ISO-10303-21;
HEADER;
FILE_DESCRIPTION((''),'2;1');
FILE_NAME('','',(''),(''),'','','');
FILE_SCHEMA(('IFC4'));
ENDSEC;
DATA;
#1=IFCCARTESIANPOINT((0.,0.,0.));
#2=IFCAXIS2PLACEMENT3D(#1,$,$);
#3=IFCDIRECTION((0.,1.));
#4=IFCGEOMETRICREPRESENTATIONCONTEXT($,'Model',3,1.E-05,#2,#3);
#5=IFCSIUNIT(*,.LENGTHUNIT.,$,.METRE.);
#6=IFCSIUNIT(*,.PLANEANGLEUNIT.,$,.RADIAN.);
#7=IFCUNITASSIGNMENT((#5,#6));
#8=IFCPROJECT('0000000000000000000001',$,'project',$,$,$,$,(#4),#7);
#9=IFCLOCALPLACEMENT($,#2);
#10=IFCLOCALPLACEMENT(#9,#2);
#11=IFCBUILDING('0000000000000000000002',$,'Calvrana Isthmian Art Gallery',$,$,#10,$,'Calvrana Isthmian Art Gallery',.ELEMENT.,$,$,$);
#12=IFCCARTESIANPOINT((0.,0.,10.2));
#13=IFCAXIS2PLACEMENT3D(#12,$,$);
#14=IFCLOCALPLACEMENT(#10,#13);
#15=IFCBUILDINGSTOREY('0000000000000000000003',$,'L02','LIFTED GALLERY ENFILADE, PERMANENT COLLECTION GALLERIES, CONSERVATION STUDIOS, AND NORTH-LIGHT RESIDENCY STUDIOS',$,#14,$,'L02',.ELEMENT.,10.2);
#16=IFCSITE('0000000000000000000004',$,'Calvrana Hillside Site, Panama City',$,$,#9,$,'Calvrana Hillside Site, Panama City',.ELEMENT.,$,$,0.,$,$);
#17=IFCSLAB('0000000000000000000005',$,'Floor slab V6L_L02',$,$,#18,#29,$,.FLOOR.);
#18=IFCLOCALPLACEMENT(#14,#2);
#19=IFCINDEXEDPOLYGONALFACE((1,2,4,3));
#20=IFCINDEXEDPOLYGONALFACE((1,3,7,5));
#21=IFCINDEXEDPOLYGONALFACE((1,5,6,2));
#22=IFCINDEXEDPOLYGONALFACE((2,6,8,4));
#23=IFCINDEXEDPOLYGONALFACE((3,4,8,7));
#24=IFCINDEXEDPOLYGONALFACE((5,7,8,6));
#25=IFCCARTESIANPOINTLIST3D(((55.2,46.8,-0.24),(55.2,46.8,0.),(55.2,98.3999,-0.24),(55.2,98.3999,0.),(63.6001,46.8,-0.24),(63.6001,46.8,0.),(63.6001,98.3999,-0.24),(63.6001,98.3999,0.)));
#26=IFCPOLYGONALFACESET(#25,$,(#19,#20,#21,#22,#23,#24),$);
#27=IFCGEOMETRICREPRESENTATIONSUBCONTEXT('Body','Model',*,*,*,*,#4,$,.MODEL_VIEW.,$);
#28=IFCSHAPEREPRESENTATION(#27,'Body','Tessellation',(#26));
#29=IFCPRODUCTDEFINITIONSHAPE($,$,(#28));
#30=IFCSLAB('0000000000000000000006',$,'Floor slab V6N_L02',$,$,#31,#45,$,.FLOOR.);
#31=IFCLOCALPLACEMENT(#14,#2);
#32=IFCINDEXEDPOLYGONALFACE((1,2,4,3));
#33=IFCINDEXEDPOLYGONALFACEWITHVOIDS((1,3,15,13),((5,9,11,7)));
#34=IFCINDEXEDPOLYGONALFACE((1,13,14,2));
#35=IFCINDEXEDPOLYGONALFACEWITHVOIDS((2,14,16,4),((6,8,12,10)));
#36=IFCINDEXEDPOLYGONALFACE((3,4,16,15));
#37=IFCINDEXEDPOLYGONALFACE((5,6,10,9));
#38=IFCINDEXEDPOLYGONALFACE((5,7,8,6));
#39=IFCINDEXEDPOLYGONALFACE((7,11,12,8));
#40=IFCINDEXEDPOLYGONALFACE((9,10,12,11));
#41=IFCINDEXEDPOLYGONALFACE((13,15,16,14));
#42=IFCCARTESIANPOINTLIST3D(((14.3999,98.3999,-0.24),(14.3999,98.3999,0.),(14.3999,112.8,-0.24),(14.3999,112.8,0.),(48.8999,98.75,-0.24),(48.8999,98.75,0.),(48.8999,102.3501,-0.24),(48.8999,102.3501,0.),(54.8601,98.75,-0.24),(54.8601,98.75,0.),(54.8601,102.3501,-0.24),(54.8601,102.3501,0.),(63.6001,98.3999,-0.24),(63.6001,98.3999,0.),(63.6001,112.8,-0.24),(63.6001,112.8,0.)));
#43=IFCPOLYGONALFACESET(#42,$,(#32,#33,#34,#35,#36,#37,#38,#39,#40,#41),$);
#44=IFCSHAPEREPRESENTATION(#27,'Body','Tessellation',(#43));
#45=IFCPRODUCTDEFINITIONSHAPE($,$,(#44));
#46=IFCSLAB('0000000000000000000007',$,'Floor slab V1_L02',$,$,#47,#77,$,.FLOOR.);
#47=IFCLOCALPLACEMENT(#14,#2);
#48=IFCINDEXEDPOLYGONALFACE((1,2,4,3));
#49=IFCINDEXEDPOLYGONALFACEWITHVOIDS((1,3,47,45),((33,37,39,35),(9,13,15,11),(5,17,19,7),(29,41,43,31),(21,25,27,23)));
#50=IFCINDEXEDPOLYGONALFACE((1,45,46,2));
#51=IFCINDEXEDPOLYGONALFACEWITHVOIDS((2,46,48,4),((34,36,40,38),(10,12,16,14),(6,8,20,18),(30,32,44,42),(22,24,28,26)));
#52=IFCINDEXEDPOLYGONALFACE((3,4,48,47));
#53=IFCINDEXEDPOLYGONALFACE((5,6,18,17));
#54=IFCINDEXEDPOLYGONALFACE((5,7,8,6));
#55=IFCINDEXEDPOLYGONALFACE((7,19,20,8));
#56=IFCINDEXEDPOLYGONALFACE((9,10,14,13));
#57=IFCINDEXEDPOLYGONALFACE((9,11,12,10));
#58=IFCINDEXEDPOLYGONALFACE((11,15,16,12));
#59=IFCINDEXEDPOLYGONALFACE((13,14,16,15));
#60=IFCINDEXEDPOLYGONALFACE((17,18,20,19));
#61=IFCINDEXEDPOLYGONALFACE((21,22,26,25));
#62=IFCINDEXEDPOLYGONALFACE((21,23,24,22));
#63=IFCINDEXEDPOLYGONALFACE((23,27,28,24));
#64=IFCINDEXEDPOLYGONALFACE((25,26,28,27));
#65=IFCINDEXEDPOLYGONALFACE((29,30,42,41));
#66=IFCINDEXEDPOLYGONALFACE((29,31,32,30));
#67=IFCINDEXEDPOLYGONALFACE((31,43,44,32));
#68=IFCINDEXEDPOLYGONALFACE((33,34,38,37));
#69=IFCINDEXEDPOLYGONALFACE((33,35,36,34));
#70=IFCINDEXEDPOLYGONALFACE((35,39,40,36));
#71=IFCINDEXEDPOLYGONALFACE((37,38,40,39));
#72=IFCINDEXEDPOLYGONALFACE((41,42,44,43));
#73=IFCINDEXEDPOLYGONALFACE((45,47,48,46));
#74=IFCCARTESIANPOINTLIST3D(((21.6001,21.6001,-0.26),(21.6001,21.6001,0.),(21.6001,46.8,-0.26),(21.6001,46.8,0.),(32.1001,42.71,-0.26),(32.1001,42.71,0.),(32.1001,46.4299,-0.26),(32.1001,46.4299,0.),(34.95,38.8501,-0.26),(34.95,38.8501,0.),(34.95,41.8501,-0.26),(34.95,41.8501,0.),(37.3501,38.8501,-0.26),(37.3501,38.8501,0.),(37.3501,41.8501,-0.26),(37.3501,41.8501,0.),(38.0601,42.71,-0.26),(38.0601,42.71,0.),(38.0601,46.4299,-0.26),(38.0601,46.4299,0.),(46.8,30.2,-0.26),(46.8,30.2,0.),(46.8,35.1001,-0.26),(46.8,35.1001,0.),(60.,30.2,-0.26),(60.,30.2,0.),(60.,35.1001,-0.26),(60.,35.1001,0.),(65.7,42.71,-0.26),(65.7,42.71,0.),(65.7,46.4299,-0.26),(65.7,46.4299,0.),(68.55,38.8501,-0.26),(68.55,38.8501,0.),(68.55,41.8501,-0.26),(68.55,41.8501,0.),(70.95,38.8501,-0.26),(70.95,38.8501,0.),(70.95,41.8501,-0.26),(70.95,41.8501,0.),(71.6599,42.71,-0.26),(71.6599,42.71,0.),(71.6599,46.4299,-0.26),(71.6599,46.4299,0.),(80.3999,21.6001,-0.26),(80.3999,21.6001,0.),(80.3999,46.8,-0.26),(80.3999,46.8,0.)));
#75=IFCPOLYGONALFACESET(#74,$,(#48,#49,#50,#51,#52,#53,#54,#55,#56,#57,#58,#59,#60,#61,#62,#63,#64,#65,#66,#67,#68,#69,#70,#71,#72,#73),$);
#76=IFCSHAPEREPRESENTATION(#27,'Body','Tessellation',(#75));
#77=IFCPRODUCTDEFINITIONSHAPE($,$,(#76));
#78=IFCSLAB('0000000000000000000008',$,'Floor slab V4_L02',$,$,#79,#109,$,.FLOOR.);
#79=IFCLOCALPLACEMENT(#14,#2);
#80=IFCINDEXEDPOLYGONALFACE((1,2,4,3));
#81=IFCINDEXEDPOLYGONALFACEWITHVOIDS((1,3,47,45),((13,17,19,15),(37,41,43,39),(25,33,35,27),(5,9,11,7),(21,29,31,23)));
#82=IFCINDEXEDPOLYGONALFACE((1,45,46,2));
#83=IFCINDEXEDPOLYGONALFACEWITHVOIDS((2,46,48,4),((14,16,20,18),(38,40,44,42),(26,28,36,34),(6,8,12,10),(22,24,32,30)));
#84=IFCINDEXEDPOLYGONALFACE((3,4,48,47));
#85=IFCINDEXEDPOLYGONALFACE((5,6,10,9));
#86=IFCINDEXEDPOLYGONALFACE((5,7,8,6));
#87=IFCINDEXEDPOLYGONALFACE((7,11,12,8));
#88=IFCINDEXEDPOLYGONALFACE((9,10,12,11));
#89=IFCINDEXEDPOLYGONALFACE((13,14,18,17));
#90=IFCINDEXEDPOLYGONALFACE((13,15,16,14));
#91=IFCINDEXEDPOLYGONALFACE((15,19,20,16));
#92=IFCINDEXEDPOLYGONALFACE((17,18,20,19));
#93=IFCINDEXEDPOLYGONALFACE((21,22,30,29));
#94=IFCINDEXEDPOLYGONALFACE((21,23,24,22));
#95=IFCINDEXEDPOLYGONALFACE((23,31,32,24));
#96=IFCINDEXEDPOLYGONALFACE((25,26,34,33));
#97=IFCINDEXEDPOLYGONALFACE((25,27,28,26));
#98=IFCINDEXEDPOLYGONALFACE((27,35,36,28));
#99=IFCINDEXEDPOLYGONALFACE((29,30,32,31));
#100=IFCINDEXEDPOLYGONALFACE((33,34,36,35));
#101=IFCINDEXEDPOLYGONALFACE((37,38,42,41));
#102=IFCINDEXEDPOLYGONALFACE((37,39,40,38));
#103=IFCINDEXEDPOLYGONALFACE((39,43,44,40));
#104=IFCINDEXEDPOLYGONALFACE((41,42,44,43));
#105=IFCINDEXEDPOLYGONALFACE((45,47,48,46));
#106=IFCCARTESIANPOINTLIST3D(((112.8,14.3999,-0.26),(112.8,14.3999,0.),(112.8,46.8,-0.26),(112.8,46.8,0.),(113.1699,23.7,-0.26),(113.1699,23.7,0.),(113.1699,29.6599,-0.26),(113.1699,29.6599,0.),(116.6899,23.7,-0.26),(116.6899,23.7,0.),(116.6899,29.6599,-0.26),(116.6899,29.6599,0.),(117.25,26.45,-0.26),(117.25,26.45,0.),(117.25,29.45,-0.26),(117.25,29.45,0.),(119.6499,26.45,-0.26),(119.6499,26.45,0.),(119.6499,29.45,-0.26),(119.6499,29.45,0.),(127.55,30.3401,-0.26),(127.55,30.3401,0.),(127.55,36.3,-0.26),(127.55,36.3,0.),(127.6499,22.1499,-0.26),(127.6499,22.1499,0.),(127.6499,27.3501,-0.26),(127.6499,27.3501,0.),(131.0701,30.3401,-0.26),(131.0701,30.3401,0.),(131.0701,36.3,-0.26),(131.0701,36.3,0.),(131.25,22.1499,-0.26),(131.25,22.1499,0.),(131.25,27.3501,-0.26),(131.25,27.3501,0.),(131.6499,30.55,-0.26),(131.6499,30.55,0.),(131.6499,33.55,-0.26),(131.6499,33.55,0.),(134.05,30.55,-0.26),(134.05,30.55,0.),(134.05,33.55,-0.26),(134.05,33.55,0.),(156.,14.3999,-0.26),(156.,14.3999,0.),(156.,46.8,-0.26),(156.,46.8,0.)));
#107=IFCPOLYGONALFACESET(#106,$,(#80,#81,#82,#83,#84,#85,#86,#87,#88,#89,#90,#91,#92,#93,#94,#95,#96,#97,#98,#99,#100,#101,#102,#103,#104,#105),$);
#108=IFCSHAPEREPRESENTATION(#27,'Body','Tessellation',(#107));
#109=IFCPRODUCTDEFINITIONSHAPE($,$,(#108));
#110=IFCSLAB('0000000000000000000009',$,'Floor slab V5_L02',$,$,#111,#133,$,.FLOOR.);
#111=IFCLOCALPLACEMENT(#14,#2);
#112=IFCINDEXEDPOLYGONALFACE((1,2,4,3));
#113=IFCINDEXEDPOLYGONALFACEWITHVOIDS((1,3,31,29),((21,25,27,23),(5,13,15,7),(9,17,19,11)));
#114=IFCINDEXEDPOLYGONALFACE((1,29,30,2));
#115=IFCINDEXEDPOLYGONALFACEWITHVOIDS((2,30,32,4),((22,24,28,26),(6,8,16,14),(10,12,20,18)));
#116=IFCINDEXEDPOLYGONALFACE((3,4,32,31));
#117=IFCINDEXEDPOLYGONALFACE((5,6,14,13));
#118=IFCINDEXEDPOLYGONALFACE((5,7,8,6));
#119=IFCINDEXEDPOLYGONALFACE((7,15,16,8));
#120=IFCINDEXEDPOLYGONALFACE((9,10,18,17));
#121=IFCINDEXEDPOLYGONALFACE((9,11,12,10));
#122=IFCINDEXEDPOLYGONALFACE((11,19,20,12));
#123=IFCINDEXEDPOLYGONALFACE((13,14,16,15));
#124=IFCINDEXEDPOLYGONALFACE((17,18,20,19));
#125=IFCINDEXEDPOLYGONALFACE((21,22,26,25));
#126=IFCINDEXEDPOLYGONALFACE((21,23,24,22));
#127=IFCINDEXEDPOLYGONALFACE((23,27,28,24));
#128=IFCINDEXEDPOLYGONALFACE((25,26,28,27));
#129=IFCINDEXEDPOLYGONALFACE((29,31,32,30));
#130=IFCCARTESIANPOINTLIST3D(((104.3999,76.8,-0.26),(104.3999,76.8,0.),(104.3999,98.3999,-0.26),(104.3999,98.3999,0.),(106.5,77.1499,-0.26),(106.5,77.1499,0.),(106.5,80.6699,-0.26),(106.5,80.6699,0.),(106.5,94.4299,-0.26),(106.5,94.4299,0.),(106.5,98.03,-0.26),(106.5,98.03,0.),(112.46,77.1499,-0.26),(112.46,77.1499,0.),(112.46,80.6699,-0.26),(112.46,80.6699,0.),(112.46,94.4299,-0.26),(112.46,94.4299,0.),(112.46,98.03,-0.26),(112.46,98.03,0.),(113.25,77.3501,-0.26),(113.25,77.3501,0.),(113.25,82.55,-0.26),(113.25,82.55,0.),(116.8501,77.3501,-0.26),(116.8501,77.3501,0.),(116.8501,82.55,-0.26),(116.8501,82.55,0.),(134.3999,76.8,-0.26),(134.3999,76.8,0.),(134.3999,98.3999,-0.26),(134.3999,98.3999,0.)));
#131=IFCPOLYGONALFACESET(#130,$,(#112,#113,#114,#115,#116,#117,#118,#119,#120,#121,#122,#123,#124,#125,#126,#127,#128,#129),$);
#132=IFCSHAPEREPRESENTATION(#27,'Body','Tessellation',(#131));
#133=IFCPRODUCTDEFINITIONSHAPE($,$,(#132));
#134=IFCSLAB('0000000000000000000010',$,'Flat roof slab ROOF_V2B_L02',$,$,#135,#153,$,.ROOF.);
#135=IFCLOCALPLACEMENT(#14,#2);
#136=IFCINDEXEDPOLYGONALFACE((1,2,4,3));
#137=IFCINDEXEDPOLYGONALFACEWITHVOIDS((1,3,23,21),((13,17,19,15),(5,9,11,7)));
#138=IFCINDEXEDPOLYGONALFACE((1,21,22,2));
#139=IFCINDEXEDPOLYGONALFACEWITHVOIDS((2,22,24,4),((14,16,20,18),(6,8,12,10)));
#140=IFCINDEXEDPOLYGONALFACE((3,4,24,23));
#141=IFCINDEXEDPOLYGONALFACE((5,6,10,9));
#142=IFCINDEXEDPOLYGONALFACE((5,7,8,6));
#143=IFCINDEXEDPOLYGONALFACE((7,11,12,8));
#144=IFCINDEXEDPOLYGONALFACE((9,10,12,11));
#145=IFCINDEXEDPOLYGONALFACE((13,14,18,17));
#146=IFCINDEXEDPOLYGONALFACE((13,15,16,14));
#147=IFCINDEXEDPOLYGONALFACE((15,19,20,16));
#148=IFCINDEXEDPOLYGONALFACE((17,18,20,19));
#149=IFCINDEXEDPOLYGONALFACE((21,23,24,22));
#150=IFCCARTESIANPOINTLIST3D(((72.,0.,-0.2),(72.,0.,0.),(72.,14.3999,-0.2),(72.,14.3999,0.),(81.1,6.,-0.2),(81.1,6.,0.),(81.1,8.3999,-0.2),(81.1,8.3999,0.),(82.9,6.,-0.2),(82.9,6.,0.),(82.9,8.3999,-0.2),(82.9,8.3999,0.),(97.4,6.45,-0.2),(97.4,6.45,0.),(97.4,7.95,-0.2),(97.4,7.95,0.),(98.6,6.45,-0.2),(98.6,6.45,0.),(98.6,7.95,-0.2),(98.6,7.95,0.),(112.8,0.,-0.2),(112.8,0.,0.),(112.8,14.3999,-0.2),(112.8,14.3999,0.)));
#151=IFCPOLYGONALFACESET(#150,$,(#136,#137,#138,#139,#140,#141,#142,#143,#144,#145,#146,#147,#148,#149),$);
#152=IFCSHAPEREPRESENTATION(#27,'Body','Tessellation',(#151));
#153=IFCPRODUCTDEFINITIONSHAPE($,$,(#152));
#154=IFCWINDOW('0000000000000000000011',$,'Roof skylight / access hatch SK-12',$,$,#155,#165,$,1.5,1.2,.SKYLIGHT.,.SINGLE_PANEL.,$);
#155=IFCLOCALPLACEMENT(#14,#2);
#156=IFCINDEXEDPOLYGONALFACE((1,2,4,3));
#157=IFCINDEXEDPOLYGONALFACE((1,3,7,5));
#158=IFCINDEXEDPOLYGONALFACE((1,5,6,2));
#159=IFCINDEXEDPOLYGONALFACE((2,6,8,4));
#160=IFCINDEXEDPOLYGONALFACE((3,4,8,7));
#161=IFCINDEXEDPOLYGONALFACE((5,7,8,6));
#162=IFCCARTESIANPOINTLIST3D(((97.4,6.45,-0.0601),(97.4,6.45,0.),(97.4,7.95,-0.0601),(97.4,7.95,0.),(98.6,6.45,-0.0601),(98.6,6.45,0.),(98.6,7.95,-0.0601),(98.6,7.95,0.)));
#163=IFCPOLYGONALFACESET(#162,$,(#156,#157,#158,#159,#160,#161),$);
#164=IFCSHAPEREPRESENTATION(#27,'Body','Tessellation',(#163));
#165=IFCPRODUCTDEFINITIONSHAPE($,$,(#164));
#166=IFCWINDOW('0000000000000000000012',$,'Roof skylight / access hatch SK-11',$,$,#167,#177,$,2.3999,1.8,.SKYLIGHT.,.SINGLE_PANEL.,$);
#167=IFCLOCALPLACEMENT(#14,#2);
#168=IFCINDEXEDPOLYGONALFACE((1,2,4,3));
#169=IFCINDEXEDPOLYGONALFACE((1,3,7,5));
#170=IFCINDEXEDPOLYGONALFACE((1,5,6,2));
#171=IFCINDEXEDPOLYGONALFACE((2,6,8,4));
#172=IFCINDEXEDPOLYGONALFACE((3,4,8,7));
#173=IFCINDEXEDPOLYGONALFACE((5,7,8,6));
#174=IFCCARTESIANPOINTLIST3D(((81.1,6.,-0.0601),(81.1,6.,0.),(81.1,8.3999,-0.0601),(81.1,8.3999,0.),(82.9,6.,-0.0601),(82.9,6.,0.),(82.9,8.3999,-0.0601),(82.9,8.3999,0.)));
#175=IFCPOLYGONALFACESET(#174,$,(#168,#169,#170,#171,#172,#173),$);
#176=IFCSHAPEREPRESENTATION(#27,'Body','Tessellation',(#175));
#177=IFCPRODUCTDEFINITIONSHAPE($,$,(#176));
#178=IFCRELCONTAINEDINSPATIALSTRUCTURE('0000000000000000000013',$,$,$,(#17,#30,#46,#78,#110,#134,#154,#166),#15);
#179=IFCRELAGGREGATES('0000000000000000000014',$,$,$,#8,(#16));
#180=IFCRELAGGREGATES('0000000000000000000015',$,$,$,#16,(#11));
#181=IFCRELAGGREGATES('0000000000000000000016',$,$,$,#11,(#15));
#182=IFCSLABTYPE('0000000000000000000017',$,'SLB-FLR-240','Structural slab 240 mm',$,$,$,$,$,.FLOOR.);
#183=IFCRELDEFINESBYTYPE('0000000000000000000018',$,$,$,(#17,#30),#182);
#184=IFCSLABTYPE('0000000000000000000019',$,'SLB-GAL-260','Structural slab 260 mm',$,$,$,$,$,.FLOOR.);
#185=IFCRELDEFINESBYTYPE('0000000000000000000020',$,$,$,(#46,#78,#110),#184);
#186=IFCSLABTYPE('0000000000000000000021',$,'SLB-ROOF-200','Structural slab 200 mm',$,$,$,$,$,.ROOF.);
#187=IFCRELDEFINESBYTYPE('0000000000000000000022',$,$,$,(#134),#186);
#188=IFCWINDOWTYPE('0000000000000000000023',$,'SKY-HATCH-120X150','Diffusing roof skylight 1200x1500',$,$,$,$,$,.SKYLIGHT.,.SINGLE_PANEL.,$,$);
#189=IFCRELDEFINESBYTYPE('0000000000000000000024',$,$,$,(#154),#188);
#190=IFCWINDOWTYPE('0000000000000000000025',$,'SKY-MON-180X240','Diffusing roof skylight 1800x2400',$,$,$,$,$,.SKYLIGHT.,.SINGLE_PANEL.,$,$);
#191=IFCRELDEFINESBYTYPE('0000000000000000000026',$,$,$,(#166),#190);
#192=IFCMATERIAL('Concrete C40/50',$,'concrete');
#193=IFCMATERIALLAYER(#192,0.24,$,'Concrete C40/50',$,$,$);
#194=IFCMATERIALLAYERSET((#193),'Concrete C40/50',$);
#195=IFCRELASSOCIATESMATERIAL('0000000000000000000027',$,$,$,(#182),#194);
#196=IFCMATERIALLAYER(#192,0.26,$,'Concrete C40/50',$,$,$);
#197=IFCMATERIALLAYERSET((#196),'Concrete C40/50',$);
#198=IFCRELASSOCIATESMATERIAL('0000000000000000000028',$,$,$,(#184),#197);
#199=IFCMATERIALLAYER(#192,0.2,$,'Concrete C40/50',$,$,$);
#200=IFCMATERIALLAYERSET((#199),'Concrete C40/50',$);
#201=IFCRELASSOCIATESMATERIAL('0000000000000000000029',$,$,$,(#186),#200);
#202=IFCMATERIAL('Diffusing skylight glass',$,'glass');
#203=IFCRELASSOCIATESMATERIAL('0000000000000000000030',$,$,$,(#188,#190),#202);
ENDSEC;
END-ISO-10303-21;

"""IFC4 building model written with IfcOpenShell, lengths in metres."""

from ifc_helpers import new_model, si_unit, direction, frame, origin, origin_2d, place, context, subcontext, project, spatial, polyline, rectangle, outline, extrude, material, layer, layer_set, type_object, element, fill, save


model = new_model("IFC4")

# Units and contexts
model_context = context("Model", 3, precision=1e-05, world=origin(), true_north=direction((0.0, 1.0)))
body_context = subcontext(model_context, "Body", "Model", "MODEL_VIEW")
ifc_project = project(units=[si_unit("LENGTHUNIT", "METRE"), si_unit("PLANEANGLEUNIT", "RADIAN")], contexts=[model_context])

# Site, building, storey
site_placement = place(None, origin())
site = spatial("IfcSite", under=ifc_project, at=site_placement, Name="Calvrana Hillside Site, Panama City", LongName="Calvrana Hillside Site, Panama City", CompositionType="ELEMENT", RefElevation=0.0)
building_placement = place(site_placement, origin())
building = spatial("IfcBuilding", under=site, at=building_placement, Name="Calvrana Isthmian Art Gallery", LongName="Calvrana Isthmian Art Gallery", CompositionType="ELEMENT")
storey_placement = place(building_placement, frame((0.0, 0.0, 10.2)))
storey = spatial("IfcBuildingStorey", under=building, at=storey_placement, Name="L02", Description="LIFTED GALLERY ENFILADE, PERMANENT COLLECTION GALLERIES, CONSERVATION STUDIOS, AND NORTH-LIGHT RESIDENCY STUDIOS", LongName="L02", CompositionType="ELEMENT", Elevation=10.2)

# Slabs
ifc_material_1 = material(Name="Concrete C40/50", Category="concrete")
ifc_layer_1 = layer(ifc_material_1, 0.24, Name="Concrete C40/50")
ifc_layer_set_1 = layer_set([ifc_layer_1], Name="Concrete C40/50")
slab_type_1 = type_object("IfcSlabType", Name="SLB-FLR-240", Description="Structural slab 240 mm", PredefinedType="FLOOR", material=ifc_layer_set_1)
slab_1_placement = place(storey_placement, frame((0.0, 0.0, -0.24)))
element("IfcSlab", 1, at=slab_1_placement, inside=storey, type_object=slab_type_1, Name="Floor slab V6L_L02", PredefinedType="FLOOR", context=body_context, shape_type="SweptSolid", body=[
    extrude(outline(polyline([(55.2, 46.8), (63.6001, 46.8), (63.6001, 98.3999), (55.2, 98.3999), (55.2, 46.8)])), origin(), (0.0, 0.0, 1.0), 0.24),
])
slab_2_placement = place(storey_placement, frame((0.0, 0.0, -0.24)))
element("IfcSlab", 2, at=slab_2_placement, inside=storey, type_object=slab_type_1, Name="Floor slab V6N_L02", PredefinedType="FLOOR", context=body_context, shape_type="SweptSolid", body=[
    extrude(outline(polyline([(14.3999, 98.3999), (63.6001, 98.3999), (63.6001, 112.8), (14.3999, 112.8), (14.3999, 98.3999)]), holes=[polyline([(48.8999, 98.75), (54.8601, 98.75), (54.8601, 102.3501), (48.8999, 102.3501), (48.8999, 98.75)])]), origin(), (0.0, 0.0, 1.0), 0.24),
])
ifc_layer_2 = layer(ifc_material_1, 0.26, Name="Concrete C40/50")
ifc_layer_set_2 = layer_set([ifc_layer_2], Name="Concrete C40/50")
slab_type_2 = type_object("IfcSlabType", Name="SLB-GAL-260", Description="Structural slab 260 mm", PredefinedType="FLOOR", material=ifc_layer_set_2)
slab_3_placement = place(storey_placement, frame((0.0, 0.0, -0.26)))
element("IfcSlab", 3, at=slab_3_placement, inside=storey, type_object=slab_type_2, Name="Floor slab V1_L02", PredefinedType="FLOOR", context=body_context, shape_type="SweptSolid", body=[
    extrude(outline(polyline([(21.6001, 21.6001), (80.3999, 21.6001), (80.3999, 46.8), (21.6001, 46.8), (21.6001, 21.6001)]), holes=[polyline([(32.1001, 42.71), (38.0601, 42.71), (38.0601, 46.4299), (32.1001, 46.4299), (32.1001, 42.71)]), polyline([(34.95, 38.8501), (37.3501, 38.8501), (37.3501, 41.8501), (34.95, 41.8501), (34.95, 38.8501)]), polyline([(65.7, 42.71), (71.6599, 42.71), (71.6599, 46.4299), (65.7, 46.4299), (65.7, 42.71)]), polyline([(68.55, 38.8501), (70.95, 38.8501), (70.95, 41.8501), (68.55, 41.8501), (68.55, 38.8501)]), polyline([(46.8, 30.2), (60.0, 30.2), (60.0, 35.1001), (46.8, 35.1001), (46.8, 30.2)])]), origin(), (0.0, 0.0, 1.0), 0.26),
])
slab_4_placement = place(storey_placement, frame((0.0, 0.0, -0.26)))
element("IfcSlab", 4, at=slab_4_placement, inside=storey, type_object=slab_type_2, Name="Floor slab V4_L02", PredefinedType="FLOOR", context=body_context, shape_type="SweptSolid", body=[
    extrude(outline(polyline([(112.8, 14.3999), (156.0, 14.3999), (156.0, 46.8), (112.8, 46.8), (112.8, 14.3999)]), holes=[polyline([(116.6899, 23.7), (116.6899, 29.6599), (113.1699, 29.6599), (113.1699, 23.7), (116.6899, 23.7)]), polyline([(117.25, 26.45), (119.6499, 26.45), (119.6499, 29.45), (117.25, 29.45), (117.25, 26.45)]), polyline([(127.55, 36.3), (127.55, 30.3401), (131.0701, 30.3401), (131.0701, 36.3), (127.55, 36.3)]), polyline([(131.6499, 30.55), (134.05, 30.55), (134.05, 33.55), (131.6499, 33.55), (131.6499, 30.55)]), polyline([(127.6499, 22.1499), (131.25, 22.1499), (131.25, 27.3501), (127.6499, 27.3501), (127.6499, 22.1499)])]), origin(), (0.0, 0.0, 1.0), 0.26),
])
slab_5_placement = place(storey_placement, frame((0.0, 0.0, -0.26)))
element("IfcSlab", 5, at=slab_5_placement, inside=storey, type_object=slab_type_2, Name="Floor slab V5_L02", PredefinedType="FLOOR", context=body_context, shape_type="SweptSolid", body=[
    extrude(outline(polyline([(104.3999, 76.8), (134.3999, 76.8), (134.3999, 98.3999), (104.3999, 98.3999), (104.3999, 76.8)]), holes=[polyline([(106.5, 77.1499), (112.46, 77.1499), (112.46, 80.6699), (106.5, 80.6699), (106.5, 77.1499)]), polyline([(113.25, 77.3501), (116.8501, 77.3501), (116.8501, 82.55), (113.25, 82.55), (113.25, 77.3501)]), polyline([(106.5, 94.4299), (112.46, 94.4299), (112.46, 98.03), (106.5, 98.03), (106.5, 94.4299)])]), origin(), (0.0, 0.0, 1.0), 0.26),
])

# Slab, openings, windows
ifc_layer_3 = layer(ifc_material_1, 0.2, Name="Concrete C40/50")
ifc_layer_set_3 = layer_set([ifc_layer_3], Name="Concrete C40/50")
slab_type_3 = type_object("IfcSlabType", Name="SLB-ROOF-200", Description="Structural slab 200 mm", PredefinedType="ROOF", material=ifc_layer_set_3)
slab_6_placement = place(storey_placement, frame((0.0, 0.0, -0.2)))
slab_6 = element("IfcSlab", 6, at=slab_6_placement, inside=storey, type_object=slab_type_3, Name="Flat roof slab ROOF_V2B_L02", PredefinedType="ROOF", context=body_context, shape_type="SweptSolid", body=[
    extrude(outline(polyline([(72.0, 0.0), (112.8, 0.0), (112.8, 14.3999), (72.0, 14.3999), (72.0, 0.0)])), origin(), (0.0, 0.0, 1.0), 0.2),
])
opening_1_placement = place(slab_6_placement, frame((82.0, 7.2, -0.0103)))
opening_1 = element("IfcOpeningElement", 7, at=opening_1_placement, cuts=slab_6, PredefinedType="OPENING", context=body_context, shape_type="SweptSolid", body=[
    extrude(rectangle(XDim=1.8, YDim=2.3999, at=origin_2d()), origin(), (0.0, 0.0, 1.0), 0.2205),
])
opening_2_placement = place(slab_6_placement, frame((98.0, 7.2, -0.0103)))
opening_2 = element("IfcOpeningElement", 8, at=opening_2_placement, cuts=slab_6, PredefinedType="OPENING", context=body_context, shape_type="SweptSolid", body=[
    extrude(rectangle(XDim=1.2, YDim=1.5, at=origin_2d()), origin(), (0.0, 0.0, 1.0), 0.2205),
])
ifc_material_2 = material(Name="Diffusing skylight glass", Category="glass")
window_type_1 = type_object("IfcWindowType", Name="SKY-HATCH-120X150", Description="Diffusing roof skylight 1200x1500", PartitioningType="SINGLE_PANEL", PredefinedType="SKYLIGHT", material=ifc_material_2)
window_1_placement = place(slab_6_placement, frame((98.0, 7.2, 0.1399)))
window_1 = element("IfcWindow", 9, at=window_1_placement, inside=storey, type_object=window_type_1, Name="Roof skylight / access hatch SK-12", OverallHeight=1.5, OverallWidth=1.2, PartitioningType="SINGLE_PANEL", PredefinedType="SKYLIGHT", context=body_context, shape_type="SweptSolid", body=[
    extrude(rectangle(XDim=1.2, YDim=1.5, at=origin_2d()), origin(), (0.0, 0.0, 1.0), 0.0601),
])
fill(opening_2, window_1)
window_type_2 = type_object("IfcWindowType", Name="SKY-MON-180X240", Description="Diffusing roof skylight 1800x2400", PartitioningType="SINGLE_PANEL", PredefinedType="SKYLIGHT", material=ifc_material_2)
window_2_placement = place(slab_6_placement, frame((82.0, 7.2, 0.1399)))
window_2 = element("IfcWindow", 10, at=window_2_placement, inside=storey, type_object=window_type_2, Name="Roof skylight / access hatch SK-11", OverallHeight=2.3999, OverallWidth=1.8, PartitioningType="SINGLE_PANEL", PredefinedType="SKYLIGHT", context=body_context, shape_type="SweptSolid", body=[
    extrude(rectangle(XDim=1.8, YDim=2.3999, at=origin_2d()), origin(), (0.0, 0.0, 1.0), 0.0601),
])
fill(opening_1, window_2)

save(model, "model.ifc")
